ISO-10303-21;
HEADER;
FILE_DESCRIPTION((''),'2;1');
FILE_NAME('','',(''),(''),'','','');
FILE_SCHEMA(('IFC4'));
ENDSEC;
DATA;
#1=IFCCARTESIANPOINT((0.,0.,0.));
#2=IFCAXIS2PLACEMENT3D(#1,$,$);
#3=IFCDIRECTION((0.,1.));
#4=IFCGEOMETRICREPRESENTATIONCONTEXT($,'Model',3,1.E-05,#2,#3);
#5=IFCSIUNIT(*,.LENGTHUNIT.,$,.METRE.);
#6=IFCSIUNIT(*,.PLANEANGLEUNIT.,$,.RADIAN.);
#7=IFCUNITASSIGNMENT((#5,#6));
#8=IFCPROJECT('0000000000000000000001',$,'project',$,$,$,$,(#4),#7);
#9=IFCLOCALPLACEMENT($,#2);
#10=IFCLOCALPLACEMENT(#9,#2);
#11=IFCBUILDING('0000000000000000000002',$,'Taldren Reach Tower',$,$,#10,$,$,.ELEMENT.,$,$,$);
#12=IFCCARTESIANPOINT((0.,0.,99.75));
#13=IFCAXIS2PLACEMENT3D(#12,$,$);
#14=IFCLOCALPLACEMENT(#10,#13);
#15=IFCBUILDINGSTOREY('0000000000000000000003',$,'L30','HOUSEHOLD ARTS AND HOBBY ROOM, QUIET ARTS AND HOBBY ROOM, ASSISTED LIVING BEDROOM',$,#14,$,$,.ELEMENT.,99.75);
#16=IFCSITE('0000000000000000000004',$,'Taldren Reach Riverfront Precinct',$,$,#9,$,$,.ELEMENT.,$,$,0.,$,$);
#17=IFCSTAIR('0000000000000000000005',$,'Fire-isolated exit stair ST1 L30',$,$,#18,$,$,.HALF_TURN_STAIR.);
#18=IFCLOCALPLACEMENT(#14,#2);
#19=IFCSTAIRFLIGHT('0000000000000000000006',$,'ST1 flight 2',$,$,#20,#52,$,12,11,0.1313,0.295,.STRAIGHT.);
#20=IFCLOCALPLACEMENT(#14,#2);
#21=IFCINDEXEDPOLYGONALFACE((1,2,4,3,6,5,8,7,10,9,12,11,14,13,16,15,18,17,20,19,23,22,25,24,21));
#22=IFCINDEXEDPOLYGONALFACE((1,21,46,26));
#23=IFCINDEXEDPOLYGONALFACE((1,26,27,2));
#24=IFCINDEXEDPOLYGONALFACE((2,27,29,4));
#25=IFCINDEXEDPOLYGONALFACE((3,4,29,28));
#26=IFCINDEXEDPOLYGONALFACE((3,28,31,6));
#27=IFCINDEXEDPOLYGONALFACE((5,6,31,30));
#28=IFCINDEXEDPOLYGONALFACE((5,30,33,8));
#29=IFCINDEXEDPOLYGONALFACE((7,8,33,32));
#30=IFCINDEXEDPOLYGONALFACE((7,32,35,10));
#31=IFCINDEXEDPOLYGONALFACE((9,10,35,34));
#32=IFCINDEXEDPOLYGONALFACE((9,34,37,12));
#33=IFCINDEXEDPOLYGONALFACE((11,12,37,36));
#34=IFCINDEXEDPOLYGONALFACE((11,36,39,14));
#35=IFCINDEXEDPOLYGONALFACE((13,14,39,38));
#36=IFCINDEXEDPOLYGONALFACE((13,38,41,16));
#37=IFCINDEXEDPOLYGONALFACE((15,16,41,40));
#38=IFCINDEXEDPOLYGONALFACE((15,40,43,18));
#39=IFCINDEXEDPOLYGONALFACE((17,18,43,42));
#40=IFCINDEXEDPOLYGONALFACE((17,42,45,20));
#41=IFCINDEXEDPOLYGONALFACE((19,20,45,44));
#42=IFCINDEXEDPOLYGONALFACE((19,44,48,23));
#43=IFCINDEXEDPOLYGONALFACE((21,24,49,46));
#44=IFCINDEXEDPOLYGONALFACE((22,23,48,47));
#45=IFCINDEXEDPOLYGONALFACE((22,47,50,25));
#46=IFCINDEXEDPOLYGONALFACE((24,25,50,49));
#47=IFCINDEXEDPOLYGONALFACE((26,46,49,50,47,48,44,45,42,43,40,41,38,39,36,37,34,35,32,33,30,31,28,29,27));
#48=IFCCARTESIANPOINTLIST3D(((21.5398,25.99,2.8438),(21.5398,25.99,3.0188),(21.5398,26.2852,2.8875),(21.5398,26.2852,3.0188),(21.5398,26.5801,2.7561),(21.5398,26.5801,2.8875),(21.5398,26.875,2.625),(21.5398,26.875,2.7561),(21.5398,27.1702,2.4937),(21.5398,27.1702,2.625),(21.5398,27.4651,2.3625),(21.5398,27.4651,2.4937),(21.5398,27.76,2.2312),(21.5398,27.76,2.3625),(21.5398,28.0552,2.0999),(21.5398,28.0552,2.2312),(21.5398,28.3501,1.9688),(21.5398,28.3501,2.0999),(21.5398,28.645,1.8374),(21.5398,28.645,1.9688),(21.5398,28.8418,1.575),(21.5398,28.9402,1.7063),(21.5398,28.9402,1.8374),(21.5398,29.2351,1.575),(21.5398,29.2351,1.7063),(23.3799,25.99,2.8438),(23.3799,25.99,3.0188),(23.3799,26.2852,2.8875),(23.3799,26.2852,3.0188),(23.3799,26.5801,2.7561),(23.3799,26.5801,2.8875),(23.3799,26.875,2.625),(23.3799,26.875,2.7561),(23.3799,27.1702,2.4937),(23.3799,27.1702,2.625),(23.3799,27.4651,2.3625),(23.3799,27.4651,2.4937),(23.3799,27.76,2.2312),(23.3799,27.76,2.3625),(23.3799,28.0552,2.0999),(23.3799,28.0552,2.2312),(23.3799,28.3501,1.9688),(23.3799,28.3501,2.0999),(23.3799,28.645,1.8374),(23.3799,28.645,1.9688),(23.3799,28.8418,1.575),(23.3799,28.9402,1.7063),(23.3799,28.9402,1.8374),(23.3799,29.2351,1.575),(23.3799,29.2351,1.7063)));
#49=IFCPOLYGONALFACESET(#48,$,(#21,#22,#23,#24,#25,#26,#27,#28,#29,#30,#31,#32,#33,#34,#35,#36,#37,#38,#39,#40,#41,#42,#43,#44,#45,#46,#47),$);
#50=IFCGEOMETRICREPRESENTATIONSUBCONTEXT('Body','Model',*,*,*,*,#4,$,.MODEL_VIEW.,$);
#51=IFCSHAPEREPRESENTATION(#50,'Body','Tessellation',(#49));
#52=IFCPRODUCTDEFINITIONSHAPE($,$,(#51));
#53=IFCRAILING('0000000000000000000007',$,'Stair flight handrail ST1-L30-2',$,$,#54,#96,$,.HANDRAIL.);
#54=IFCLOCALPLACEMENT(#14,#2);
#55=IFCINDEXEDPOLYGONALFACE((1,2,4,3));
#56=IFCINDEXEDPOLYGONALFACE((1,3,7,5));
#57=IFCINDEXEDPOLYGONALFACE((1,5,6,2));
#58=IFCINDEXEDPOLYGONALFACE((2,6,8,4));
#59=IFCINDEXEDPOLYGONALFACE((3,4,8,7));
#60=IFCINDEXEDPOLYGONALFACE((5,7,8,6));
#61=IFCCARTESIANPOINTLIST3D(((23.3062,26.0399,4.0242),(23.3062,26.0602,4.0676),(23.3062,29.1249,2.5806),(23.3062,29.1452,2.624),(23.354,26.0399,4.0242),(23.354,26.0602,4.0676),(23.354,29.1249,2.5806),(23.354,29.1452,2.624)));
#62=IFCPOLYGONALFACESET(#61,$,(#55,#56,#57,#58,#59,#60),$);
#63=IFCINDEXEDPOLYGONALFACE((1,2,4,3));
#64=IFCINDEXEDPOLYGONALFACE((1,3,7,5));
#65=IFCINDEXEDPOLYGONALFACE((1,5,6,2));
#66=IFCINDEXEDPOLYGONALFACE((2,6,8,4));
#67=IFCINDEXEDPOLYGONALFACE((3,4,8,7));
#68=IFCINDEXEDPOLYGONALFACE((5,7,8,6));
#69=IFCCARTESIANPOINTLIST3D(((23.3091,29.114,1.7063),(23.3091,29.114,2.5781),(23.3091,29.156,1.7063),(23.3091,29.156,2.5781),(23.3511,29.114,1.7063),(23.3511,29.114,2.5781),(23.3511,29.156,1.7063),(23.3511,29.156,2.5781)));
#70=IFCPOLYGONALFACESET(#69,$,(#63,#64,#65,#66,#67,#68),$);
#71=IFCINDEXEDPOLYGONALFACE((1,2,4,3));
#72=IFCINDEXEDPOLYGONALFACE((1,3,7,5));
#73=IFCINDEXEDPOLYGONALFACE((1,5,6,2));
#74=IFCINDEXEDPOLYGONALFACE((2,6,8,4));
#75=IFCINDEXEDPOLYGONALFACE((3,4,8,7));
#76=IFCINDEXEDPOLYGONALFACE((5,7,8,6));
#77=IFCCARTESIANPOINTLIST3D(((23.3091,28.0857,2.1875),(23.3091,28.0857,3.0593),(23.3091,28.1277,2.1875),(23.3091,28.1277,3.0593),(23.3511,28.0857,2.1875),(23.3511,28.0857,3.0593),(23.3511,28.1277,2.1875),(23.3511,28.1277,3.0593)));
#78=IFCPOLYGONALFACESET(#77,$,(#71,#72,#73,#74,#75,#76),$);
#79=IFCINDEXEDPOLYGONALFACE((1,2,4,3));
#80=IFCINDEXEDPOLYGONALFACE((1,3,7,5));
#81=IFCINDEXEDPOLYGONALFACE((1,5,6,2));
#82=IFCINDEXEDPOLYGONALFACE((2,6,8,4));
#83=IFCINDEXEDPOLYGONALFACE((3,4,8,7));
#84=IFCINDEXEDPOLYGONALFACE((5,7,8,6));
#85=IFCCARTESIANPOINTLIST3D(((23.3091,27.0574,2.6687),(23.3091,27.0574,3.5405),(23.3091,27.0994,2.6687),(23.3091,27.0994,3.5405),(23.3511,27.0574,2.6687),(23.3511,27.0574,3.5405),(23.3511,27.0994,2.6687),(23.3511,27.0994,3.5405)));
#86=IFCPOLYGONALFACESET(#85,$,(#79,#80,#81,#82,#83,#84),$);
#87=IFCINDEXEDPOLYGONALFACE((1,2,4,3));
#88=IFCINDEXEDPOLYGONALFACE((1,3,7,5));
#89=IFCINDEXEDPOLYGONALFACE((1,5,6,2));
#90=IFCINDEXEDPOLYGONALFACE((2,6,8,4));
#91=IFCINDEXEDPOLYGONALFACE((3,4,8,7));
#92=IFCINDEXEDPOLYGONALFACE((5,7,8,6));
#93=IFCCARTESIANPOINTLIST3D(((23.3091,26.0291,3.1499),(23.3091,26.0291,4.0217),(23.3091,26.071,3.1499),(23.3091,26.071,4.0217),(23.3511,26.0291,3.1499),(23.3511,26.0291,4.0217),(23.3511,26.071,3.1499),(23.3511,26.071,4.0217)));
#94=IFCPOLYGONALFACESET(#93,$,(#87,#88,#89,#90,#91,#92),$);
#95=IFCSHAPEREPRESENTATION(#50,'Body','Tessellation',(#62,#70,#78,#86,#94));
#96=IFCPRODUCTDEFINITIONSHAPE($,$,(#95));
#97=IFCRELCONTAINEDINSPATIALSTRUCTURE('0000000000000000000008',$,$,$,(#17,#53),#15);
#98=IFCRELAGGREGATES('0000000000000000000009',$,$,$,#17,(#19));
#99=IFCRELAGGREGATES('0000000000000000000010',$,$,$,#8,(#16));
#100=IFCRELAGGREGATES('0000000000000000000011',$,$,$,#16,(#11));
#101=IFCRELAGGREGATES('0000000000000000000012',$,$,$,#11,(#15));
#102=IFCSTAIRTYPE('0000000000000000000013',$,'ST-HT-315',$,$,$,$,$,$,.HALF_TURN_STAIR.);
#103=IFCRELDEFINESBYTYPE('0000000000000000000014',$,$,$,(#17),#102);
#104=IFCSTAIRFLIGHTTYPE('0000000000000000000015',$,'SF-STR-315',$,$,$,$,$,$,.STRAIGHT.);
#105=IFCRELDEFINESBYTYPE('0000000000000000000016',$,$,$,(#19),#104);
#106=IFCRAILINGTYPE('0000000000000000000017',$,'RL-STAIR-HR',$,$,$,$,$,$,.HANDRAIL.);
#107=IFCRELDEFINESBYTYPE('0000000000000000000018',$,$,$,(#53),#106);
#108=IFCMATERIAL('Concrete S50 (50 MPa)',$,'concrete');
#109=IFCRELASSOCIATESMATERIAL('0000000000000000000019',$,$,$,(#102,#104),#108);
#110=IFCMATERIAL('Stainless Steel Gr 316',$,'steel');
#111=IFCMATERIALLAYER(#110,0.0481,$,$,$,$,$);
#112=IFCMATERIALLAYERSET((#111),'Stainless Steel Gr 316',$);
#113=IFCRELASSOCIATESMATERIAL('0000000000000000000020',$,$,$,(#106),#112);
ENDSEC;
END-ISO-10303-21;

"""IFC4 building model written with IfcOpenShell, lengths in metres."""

from ifc_helpers import new_model, si_unit, direction, frame, origin, origin_2d, place, context, subcontext, project, spatial, polyline, rectangle, outline, extrude, material, layer, layer_set, type_object, element, aggregate, save


model = new_model("IFC4")

# Units and contexts
model_context = context("Model", 3, precision=1e-05, world=origin(), true_north=direction((0.0, 1.0)))
body_context = subcontext(model_context, "Body", "Model", "MODEL_VIEW")
ifc_project = project(units=[si_unit("LENGTHUNIT", "METRE"), si_unit("PLANEANGLEUNIT", "RADIAN")], contexts=[model_context])

# Site, building, storey
site_placement = place(None, origin())
site = spatial("IfcSite", under=ifc_project, at=site_placement, Name="Taldren Reach Riverfront Precinct", CompositionType="ELEMENT", RefElevation=0.0)
building_placement = place(site_placement, origin())
building = spatial("IfcBuilding", under=site, at=building_placement, Name="Taldren Reach Tower", CompositionType="ELEMENT")
storey_placement = place(building_placement, frame((0.0, 0.0, 99.75)))
storey = spatial("IfcBuildingStorey", under=building, at=storey_placement, Name="L30", Description="HOUSEHOLD ARTS AND HOBBY ROOM, QUIET ARTS AND HOBBY ROOM, ASSISTED LIVING BEDROOM", CompositionType="ELEMENT", Elevation=99.75)

# Shared definitions
ifc_material_1 = material(Name="Concrete S50 (50 MPa)", Category="concrete")

# Stair, stair flight
stair_type = type_object("IfcStairType", Name="ST-HT-315", PredefinedType="HALF_TURN_STAIR", material=ifc_material_1)
stair_placement = place(storey_placement, origin())
stair = element("IfcStair", 1, at=stair_placement, inside=storey, type_object=stair_type, Name="Fire-isolated exit stair ST1 L30", PredefinedType="HALF_TURN_STAIR")
stair_flight_type = type_object("IfcStairFlightType", Name="SF-STR-315", PredefinedType="STRAIGHT", material=ifc_material_1)
stair_flight_placement = place(storey_placement, frame((22.46, 29.2351, 1.575), z_axis=(0.0, 0.0, 1.0), x_axis=(0.0, -1.0, 0.0)))
stair_flight = element("IfcStairFlight", 2, at=stair_flight_placement, type_object=stair_flight_type, Name="ST1 flight 2", NumberOfRisers=12, NumberOfTreads=11, PredefinedType="STRAIGHT", RiserHeight=0.1313, TreadLength=0.295, context=body_context, shape_type="SweptSolid", body=[
    extrude(outline(polyline([(0.0, 0.0), (0.0, 0.1313), (0.2949, 0.1313), (0.2949, 0.2625), (0.5901, 0.2625), (0.5901, 0.3938), (0.885, 0.3938), (0.885, 0.5249), (1.1799, 0.5249), (1.1799, 0.6562), (1.4751, 0.6562), (1.4751, 0.7876), (1.77, 0.7876), (1.77, 0.9187), (2.0649, 0.9187), (2.0649, 1.05), (2.3601, 1.05), (2.3601, 1.1812), (2.655, 1.1812), (2.655, 1.3125), (2.95, 1.3125), (2.95, 1.4438), (3.2451, 1.4438), (3.2451, 1.575), (3.2451, 1.2688), (0.3933, 0.0), (0.0, 0.0)])), frame((0.0, 0.9199, 0.0), z_axis=(0.0, -1.0, 0.0), x_axis=(1.0, 0.0, 0.0)), (0.0, 0.0, 1.0), 1.8401),
])
aggregate(stair, [stair_flight])

# Railing
ifc_material_2 = material(Name="Stainless Steel Gr 316", Category="steel")
ifc_layer_1 = layer(ifc_material_2, 0.0481)
ifc_layer_set_1 = layer_set([ifc_layer_1], Name="Stainless Steel Gr 316")
railing_type = type_object("IfcRailingType", Name="RL-STAIR-HR", PredefinedType="HANDRAIL", material=ifc_layer_set_1)
railing_placement = place(storey_placement, frame((23.3301, 29.135, 1.7063)))
element("IfcRailing", 3, at=railing_placement, inside=storey, type_object=railing_type, Name="Stair flight handrail ST1-L30-2", PredefinedType="HANDRAIL", context=body_context, shape_type="SweptSolid", body=[
    extrude(rectangle(XDim=0.0479, YDim=0.0479, at=origin_2d()), frame((0.0, 0.0, 0.896), z_axis=(0.0, -0.905738, 0.423839), x_axis=(1.0, 0.0, 0.0)), (0.0, 0.0, 1.0), 3.406),
    extrude(rectangle(XDim=0.042, YDim=0.042, at=origin_2d()), origin(), (0.0, 0.0, 1.0), 0.8718),
    extrude(rectangle(XDim=0.042, YDim=0.042, at=origin_2d()), frame((0.0, -1.0283, 0.4812)), (0.0, 0.0, 1.0), 0.8718),
    extrude(rectangle(XDim=0.042, YDim=0.042, at=origin_2d()), frame((0.0, -2.0566, 0.9624)), (0.0, 0.0, 1.0), 0.8718),
    extrude(rectangle(XDim=0.042, YDim=0.042, at=origin_2d()), frame((0.0, -3.085, 1.4436)), (0.0, 0.0, 1.0), 0.8718),
])

save(model, "model.ifc")
